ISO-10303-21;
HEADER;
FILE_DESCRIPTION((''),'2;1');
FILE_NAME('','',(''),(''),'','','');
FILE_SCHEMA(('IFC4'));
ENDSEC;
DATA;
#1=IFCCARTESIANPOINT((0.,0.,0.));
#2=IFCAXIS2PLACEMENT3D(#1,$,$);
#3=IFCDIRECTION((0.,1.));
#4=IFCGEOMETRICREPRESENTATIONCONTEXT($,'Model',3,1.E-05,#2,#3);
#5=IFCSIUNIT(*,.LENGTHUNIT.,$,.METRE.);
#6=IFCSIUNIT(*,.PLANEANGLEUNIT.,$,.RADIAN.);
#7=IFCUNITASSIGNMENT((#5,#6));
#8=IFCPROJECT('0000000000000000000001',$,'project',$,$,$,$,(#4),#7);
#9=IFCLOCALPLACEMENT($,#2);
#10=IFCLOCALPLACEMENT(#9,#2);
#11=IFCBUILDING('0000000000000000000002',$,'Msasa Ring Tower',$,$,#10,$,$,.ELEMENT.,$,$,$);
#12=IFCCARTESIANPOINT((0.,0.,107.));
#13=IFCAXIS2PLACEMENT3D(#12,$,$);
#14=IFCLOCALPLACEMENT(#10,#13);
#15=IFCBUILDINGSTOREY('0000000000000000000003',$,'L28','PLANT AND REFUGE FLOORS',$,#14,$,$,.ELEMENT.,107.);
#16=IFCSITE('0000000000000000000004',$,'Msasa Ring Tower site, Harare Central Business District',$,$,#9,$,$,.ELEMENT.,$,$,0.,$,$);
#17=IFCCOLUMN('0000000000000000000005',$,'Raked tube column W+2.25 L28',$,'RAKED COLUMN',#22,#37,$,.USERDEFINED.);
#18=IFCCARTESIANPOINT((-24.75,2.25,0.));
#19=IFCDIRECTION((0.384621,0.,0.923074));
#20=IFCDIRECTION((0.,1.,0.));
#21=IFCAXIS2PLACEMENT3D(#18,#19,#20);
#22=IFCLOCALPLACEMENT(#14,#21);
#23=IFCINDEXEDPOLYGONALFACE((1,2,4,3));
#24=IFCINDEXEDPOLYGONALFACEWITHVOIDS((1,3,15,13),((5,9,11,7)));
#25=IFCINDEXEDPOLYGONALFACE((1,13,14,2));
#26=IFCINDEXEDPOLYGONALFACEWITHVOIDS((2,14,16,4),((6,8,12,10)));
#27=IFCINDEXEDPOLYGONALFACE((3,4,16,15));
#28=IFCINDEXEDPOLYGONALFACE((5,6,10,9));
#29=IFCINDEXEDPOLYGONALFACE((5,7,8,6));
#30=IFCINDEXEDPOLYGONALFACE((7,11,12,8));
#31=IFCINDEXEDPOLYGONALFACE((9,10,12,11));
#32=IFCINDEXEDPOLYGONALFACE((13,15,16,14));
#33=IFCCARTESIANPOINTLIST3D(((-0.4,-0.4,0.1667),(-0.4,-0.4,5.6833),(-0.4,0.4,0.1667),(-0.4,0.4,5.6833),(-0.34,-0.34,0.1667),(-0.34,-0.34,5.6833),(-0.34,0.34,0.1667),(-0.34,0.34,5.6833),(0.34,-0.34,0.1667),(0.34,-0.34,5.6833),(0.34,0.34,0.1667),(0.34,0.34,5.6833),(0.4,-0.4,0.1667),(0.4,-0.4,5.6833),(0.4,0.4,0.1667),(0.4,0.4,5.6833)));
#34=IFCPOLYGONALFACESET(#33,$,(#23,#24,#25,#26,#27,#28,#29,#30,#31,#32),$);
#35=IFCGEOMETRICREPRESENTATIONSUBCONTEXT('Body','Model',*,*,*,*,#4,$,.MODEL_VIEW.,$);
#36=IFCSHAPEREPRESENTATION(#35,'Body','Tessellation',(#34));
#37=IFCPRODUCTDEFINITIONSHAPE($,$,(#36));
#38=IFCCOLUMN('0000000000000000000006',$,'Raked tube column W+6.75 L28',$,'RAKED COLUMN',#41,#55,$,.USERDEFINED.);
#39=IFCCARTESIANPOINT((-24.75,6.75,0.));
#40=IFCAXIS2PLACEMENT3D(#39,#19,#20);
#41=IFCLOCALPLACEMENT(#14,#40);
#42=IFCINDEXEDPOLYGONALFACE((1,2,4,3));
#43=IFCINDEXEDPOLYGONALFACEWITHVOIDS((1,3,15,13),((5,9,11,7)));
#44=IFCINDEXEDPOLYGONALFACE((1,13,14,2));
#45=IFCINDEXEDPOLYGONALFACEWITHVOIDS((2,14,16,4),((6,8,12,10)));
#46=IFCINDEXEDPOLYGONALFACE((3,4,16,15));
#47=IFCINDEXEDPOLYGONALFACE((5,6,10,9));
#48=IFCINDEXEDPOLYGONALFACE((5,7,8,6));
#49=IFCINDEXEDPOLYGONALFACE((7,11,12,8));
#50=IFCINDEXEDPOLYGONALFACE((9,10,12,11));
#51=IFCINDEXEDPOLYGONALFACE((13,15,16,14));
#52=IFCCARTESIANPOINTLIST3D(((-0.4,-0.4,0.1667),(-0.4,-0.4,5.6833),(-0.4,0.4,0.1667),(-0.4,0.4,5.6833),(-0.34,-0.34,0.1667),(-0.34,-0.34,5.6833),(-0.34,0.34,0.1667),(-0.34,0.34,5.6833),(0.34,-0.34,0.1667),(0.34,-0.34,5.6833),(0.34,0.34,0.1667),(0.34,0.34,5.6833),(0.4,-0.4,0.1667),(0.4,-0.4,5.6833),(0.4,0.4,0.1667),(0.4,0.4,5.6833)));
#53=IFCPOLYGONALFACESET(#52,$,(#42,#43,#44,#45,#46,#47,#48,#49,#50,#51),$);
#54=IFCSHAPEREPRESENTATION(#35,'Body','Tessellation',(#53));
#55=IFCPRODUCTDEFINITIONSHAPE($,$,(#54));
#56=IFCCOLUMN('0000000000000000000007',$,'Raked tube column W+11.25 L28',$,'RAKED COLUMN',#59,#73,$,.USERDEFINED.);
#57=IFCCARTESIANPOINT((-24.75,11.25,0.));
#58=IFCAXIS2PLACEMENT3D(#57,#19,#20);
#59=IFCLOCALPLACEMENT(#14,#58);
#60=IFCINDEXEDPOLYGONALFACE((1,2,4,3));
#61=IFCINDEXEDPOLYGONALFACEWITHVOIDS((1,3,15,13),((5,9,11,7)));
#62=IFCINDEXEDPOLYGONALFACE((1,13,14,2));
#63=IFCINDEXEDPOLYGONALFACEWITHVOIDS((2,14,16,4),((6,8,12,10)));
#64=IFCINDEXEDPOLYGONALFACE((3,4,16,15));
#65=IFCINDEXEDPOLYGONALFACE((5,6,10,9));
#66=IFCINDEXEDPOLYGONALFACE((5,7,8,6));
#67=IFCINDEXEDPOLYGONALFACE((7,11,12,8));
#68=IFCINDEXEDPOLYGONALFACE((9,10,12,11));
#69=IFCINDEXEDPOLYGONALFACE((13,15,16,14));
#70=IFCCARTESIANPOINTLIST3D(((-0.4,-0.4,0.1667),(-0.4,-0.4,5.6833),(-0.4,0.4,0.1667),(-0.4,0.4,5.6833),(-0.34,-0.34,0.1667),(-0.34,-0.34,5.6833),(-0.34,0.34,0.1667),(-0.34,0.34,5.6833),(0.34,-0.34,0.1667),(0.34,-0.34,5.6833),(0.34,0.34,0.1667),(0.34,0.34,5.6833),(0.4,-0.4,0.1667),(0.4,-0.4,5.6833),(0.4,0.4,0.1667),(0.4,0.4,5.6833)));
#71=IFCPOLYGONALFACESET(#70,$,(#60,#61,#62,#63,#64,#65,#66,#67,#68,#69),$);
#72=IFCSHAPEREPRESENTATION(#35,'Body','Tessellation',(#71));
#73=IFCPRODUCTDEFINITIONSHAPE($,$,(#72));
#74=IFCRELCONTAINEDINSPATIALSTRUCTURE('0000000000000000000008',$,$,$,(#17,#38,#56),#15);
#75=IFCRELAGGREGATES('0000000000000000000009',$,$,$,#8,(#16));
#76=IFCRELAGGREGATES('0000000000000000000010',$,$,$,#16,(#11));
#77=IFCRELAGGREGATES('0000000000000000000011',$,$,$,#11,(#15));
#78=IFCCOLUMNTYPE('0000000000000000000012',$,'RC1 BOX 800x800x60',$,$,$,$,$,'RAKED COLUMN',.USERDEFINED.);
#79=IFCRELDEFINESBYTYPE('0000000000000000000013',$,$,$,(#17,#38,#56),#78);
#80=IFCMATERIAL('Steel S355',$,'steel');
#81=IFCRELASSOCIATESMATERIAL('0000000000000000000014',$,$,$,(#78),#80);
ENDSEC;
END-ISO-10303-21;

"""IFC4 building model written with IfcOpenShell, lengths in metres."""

from ifc_helpers import new_model, si_unit, direction, frame, origin, origin_2d, place, context, subcontext, project, spatial, hollow_rectangle, extrude, clip, halfspace, material, material_profile, profile_set, type_object, element, save


model = new_model("IFC4")

# Units and contexts
model_context = context("Model", 3, precision=1e-05, world=origin(), true_north=direction((0.0, 1.0)))
body_context = subcontext(model_context, "Body", "Model", "MODEL_VIEW")
ifc_project = project(units=[si_unit("LENGTHUNIT", "METRE"), si_unit("PLANEANGLEUNIT", "RADIAN")], contexts=[model_context])

# Site, building, storey
site_placement = place(None, origin())
site = spatial("IfcSite", under=ifc_project, at=site_placement, Name="Msasa Ring Tower site, Harare Central Business District", CompositionType="ELEMENT", RefElevation=0.0)
building_placement = place(site_placement, origin())
building = spatial("IfcBuilding", under=site, at=building_placement, Name="Msasa Ring Tower", CompositionType="ELEMENT")
storey_placement = place(building_placement, frame((0.0, 0.0, 107.0)))
storey = spatial("IfcBuildingStorey", under=building, at=storey_placement, Name="L28", Description="PLANT AND REFUGE FLOORS", CompositionType="ELEMENT", Elevation=107.0)

# Columns
ifc_material_1 = material(Name="Steel S355", Category="steel")
ifc_material_profile_1 = material_profile(ifc_material_1, hollow_rectangle(XDim=0.8, YDim=0.8, WallThickness=0.0601, at=origin_2d()), Name="BOX 800x800x60")
ifc_profile_set_1 = profile_set([ifc_material_profile_1], Name="Steel S355")
column_type = type_object("IfcColumnType", Name="RC1 BOX 800x800x60", ElementType="RAKED COLUMN", PredefinedType="USERDEFINED", material=ifc_profile_set_1)
for number, where, z_axis, x_axis, name in (
    (1, (-24.75, 2.25, 0.0), (0.384621, 0.0, 0.923074), (0.0, 1.0, 0.0), "Raked tube column W+2.25 L28"),
    (2, (-24.75, 6.75, 0.0), (0.384621, 0.0, 0.923074), (0.0, 1.0, 0.0), "Raked tube column W+6.75 L28"),
    (3, (-24.75, 11.25, 0.0), (0.384621, 0.0, 0.923074), (0.0, 1.0, 0.0), "Raked tube column W+11.25 L28"),
):
    element("IfcColumn", number, at=place(storey_placement, frame(where, z_axis=z_axis, x_axis=x_axis)), inside=storey, type_object=column_type, Name=name, ObjectType="RAKED COLUMN", PredefinedType="USERDEFINED", context=body_context, shape_type="Clipping", body=[
        clip(clip(extrude(hollow_rectangle(XDim=0.8, YDim=0.8, WallThickness=0.0601, at=origin_2d()), origin(), (0.0, 0.0, 1.0), 5.8499), halfspace(frame((0.0, 0.0, 0.1667), z_axis=(0.0, 0.0, 1.0)), True)), halfspace(frame((0.0, 0.0, 5.6833), z_axis=(0.0, 0.0, -1.0)), True)),
    ])

save(model, "model.ifc")
